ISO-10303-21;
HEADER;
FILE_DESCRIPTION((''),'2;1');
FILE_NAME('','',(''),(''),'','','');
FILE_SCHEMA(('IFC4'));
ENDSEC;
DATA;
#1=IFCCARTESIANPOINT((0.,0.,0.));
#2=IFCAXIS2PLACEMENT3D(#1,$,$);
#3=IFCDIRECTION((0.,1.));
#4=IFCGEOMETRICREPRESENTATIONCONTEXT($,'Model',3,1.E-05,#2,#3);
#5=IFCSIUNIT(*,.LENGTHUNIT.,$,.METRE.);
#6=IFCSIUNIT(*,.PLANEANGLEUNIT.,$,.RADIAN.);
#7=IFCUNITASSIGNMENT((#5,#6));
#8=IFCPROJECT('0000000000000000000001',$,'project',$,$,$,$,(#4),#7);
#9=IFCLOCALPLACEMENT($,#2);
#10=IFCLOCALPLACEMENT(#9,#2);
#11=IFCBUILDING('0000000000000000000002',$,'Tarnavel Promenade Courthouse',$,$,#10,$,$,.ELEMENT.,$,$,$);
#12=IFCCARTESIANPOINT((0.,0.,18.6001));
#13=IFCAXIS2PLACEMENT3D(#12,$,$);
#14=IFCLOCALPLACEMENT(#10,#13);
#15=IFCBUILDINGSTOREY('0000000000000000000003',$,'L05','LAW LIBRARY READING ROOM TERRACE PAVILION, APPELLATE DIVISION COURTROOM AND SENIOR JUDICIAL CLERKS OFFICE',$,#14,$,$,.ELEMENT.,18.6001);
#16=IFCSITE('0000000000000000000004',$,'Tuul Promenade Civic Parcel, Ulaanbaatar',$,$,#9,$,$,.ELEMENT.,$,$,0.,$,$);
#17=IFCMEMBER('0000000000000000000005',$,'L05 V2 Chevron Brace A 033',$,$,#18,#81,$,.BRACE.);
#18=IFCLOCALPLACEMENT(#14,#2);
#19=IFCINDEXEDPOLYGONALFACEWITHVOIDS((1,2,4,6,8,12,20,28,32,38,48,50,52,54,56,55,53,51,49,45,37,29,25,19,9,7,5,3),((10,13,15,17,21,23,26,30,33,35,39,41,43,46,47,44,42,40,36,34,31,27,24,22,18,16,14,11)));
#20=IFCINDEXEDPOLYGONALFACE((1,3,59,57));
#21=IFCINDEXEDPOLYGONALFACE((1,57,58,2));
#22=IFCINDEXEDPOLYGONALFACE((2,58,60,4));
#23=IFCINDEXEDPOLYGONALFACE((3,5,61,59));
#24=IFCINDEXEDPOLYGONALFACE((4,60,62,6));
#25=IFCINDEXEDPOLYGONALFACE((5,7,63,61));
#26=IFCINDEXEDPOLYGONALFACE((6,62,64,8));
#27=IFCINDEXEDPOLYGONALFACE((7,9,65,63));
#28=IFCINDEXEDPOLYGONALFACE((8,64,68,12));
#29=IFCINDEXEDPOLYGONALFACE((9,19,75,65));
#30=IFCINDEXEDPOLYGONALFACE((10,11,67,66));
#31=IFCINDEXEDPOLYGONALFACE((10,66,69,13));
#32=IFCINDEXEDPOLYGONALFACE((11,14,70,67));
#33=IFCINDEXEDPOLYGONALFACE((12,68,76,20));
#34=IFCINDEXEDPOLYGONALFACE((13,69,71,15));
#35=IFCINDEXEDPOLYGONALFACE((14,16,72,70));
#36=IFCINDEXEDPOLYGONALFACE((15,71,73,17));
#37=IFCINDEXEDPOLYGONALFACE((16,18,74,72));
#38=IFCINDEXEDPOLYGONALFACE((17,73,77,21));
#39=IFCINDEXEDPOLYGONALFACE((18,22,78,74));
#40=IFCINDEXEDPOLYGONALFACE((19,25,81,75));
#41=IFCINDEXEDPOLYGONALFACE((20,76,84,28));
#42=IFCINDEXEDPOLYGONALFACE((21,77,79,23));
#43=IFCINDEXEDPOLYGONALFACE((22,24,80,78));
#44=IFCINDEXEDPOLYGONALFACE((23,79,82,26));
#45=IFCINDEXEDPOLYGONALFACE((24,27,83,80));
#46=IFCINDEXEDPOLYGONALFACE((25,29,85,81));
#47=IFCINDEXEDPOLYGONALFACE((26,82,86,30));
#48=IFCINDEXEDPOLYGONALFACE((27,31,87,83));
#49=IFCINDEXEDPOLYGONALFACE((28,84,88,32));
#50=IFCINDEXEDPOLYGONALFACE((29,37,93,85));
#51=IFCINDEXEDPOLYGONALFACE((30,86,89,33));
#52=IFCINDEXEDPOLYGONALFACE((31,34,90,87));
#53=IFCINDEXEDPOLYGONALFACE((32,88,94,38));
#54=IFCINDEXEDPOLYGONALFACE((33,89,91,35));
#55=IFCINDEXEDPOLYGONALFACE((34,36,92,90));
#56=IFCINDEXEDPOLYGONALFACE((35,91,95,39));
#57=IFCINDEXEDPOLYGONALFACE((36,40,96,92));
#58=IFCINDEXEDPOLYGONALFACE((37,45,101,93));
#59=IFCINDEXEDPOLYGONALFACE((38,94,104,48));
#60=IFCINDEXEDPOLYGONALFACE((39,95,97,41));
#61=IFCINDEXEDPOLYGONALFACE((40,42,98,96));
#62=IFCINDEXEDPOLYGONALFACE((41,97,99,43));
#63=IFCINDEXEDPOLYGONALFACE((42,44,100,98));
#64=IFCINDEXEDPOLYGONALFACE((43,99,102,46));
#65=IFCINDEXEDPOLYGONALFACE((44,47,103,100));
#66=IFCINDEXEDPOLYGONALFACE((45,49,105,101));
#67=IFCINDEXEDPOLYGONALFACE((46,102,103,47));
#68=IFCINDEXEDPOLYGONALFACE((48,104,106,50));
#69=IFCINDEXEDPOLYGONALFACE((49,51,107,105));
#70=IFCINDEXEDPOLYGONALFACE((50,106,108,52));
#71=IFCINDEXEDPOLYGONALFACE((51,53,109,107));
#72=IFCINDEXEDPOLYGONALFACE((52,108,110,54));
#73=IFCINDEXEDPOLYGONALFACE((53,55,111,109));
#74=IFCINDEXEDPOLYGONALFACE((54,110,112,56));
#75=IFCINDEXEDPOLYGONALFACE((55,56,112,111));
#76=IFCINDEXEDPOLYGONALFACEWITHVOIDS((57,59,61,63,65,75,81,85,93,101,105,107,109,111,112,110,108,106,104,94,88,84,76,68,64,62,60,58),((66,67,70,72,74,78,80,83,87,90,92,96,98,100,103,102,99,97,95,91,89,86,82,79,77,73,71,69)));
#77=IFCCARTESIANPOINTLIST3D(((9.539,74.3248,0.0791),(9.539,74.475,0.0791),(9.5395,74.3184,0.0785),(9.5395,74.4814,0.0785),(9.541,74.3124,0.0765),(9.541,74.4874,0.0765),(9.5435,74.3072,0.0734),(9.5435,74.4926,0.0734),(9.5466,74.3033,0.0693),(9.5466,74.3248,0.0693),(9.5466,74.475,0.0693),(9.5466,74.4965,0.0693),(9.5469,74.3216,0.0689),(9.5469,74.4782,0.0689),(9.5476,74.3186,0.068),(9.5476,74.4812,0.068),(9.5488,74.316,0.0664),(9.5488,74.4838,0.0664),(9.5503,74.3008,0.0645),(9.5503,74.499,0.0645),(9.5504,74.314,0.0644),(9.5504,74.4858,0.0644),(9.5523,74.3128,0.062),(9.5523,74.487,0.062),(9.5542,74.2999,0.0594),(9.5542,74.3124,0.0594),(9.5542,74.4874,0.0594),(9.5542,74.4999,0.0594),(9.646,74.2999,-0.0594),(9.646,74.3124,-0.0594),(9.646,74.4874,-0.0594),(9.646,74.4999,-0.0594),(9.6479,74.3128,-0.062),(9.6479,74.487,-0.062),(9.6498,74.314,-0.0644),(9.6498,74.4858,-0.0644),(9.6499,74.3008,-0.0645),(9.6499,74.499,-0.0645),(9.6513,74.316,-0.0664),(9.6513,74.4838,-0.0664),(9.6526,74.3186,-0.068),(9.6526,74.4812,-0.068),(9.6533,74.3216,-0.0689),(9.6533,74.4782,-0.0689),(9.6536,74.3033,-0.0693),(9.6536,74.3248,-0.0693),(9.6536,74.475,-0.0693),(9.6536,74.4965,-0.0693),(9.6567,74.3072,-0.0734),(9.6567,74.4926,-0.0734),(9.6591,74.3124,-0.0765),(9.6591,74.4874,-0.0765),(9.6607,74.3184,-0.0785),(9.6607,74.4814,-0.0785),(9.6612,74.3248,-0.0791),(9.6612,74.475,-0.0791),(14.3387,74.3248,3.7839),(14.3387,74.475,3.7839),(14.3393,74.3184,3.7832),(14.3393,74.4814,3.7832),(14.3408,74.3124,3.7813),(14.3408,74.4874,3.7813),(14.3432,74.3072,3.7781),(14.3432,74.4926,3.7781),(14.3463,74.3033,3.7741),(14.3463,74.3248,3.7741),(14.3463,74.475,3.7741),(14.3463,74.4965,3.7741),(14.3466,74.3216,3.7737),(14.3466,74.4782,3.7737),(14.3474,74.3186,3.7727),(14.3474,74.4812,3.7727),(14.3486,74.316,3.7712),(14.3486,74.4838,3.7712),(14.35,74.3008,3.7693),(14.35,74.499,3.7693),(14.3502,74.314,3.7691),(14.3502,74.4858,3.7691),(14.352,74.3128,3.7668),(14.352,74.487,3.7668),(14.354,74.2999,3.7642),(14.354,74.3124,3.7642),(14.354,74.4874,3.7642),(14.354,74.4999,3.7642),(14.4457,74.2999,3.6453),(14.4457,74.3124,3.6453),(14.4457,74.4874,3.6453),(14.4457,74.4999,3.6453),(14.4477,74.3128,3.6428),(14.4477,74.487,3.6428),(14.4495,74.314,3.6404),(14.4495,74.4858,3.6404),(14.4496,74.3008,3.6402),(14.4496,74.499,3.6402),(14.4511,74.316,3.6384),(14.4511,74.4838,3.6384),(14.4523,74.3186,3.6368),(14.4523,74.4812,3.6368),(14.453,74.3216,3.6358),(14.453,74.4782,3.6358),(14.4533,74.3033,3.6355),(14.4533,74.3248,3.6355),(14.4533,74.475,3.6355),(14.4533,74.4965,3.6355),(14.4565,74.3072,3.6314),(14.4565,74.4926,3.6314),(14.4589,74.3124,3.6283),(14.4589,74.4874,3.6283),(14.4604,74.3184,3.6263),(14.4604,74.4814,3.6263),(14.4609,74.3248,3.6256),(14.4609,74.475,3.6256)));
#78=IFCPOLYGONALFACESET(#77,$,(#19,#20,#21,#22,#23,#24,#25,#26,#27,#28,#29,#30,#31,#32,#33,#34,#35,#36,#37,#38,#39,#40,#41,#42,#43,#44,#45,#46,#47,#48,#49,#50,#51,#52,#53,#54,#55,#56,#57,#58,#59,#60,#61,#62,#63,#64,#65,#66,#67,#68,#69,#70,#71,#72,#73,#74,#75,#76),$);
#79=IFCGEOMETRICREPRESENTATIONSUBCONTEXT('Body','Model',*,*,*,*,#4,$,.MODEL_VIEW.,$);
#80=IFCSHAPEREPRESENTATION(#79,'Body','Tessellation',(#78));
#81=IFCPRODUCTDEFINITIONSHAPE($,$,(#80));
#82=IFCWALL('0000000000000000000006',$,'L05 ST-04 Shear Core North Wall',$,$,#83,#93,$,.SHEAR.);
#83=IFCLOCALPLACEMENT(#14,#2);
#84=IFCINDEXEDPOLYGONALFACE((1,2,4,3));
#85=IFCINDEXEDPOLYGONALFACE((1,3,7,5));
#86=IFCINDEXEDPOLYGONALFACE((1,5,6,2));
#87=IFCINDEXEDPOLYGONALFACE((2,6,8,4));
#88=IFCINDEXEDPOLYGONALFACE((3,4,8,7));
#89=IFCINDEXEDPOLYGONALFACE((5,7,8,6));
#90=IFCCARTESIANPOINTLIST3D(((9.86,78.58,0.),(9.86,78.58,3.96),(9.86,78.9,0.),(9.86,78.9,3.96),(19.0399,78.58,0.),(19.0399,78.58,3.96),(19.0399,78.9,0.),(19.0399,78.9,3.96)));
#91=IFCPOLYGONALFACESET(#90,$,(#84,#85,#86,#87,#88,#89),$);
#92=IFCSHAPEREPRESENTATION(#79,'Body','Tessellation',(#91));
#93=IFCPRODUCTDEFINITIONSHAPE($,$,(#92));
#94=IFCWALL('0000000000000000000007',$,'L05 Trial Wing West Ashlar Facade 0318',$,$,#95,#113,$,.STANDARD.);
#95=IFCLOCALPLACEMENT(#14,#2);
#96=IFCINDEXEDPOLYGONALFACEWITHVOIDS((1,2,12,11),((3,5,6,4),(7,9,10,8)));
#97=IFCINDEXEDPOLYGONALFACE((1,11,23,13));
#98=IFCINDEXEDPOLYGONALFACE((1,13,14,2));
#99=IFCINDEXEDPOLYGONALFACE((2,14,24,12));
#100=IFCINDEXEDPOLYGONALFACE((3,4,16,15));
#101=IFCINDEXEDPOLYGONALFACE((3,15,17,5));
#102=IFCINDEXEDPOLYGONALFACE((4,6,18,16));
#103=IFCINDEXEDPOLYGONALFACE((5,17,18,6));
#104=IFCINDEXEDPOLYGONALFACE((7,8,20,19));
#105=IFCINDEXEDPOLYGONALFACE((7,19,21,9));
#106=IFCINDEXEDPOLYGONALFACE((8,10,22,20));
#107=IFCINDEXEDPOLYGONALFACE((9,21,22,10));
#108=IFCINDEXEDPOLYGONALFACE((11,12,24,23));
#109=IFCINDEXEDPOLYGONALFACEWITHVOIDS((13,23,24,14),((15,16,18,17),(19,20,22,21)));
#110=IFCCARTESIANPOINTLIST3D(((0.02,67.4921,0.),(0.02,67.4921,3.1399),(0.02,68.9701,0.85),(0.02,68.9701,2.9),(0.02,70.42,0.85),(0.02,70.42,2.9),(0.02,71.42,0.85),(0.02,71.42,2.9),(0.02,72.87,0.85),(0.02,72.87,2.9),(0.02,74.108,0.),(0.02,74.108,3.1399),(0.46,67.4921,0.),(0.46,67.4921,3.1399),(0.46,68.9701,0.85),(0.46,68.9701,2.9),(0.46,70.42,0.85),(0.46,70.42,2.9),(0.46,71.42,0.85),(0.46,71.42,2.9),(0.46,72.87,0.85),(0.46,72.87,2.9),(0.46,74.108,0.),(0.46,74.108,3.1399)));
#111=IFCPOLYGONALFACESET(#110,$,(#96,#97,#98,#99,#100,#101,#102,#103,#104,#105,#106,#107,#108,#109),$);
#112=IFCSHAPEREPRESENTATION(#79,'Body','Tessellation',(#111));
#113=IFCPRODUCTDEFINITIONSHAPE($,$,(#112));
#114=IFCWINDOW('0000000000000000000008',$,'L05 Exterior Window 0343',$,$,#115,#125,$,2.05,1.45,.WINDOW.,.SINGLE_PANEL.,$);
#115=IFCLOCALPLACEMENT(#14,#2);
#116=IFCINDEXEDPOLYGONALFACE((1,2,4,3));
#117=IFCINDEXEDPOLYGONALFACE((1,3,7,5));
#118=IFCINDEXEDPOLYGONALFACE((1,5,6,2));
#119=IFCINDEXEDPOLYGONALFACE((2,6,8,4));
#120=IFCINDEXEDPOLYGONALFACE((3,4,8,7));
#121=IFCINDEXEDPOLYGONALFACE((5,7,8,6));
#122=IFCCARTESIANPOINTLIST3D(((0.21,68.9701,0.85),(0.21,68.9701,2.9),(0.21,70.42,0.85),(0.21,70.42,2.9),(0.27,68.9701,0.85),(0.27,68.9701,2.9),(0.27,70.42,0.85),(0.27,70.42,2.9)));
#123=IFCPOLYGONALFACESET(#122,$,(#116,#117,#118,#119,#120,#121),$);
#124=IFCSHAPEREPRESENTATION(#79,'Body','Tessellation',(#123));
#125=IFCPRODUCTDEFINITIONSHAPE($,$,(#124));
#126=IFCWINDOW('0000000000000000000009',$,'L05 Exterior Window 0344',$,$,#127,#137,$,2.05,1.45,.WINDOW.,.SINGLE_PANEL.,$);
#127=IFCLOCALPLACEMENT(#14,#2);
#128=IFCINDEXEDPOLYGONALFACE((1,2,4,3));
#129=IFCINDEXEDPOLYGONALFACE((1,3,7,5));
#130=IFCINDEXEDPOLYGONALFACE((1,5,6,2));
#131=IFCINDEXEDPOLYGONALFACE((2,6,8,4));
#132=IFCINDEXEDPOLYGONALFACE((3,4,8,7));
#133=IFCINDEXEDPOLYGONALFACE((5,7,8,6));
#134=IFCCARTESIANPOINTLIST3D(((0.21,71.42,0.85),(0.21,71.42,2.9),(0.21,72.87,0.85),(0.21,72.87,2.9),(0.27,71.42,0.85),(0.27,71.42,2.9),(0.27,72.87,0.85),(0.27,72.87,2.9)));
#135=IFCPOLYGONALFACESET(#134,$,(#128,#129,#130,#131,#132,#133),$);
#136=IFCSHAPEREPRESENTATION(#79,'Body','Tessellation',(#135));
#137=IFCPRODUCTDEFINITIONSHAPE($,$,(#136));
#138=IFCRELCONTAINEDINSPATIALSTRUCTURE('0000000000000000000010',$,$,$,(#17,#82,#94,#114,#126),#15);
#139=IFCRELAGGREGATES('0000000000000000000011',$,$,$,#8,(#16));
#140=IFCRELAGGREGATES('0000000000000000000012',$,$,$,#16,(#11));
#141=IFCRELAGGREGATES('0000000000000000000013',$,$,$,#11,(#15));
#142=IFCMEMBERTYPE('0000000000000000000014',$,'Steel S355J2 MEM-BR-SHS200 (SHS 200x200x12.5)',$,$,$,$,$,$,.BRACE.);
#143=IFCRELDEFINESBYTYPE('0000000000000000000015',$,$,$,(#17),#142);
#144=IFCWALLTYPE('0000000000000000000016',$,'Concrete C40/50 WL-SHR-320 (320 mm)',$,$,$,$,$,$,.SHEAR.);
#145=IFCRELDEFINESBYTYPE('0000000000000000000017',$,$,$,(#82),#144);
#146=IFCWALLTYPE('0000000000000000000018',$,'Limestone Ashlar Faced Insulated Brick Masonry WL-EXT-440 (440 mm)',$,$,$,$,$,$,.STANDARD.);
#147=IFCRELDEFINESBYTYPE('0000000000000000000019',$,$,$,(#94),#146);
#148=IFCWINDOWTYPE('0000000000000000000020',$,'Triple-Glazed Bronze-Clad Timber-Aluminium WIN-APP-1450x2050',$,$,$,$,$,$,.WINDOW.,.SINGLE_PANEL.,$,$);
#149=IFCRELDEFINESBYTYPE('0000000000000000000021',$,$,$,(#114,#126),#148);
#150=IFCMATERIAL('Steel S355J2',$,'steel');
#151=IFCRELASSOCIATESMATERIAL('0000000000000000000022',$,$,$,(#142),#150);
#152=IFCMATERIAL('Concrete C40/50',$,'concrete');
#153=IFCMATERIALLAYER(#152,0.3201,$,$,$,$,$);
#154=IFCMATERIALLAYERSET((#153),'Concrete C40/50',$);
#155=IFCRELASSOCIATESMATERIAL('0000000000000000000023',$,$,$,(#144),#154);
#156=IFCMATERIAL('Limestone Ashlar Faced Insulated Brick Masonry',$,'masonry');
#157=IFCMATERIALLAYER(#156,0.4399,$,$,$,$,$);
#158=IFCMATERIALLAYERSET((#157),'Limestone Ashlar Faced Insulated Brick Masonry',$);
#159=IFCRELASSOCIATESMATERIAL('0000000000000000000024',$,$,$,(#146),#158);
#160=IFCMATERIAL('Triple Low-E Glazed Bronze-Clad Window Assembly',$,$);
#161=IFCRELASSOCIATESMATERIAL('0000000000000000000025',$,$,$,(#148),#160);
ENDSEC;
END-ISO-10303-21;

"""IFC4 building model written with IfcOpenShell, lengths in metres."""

from ifc_helpers import new_model, si_unit, direction, frame, frame_2d, origin, origin_2d, place, context, subcontext, project, spatial, rectangle, hollow_rectangle, extrude, material, layer, layer_set, material_profile, profile_set, type_object, element, fill, save


model = new_model("IFC4")

# Units and contexts
model_context = context("Model", 3, precision=1e-05, world=origin(), true_north=direction((0.0, 1.0)))
body_context = subcontext(model_context, "Body", "Model", "MODEL_VIEW")
ifc_project = project(units=[si_unit("LENGTHUNIT", "METRE"), si_unit("PLANEANGLEUNIT", "RADIAN")], contexts=[model_context])

# Site, building, storey
site_placement = place(None, origin())
site = spatial("IfcSite", under=ifc_project, at=site_placement, Name="Tuul Promenade Civic Parcel, Ulaanbaatar", CompositionType="ELEMENT", RefElevation=0.0)
building_placement = place(site_placement, origin())
building = spatial("IfcBuilding", under=site, at=building_placement, Name="Tarnavel Promenade Courthouse", CompositionType="ELEMENT")
storey_placement = place(building_placement, frame((0.0, 0.0, 18.6001)))
storey = spatial("IfcBuildingStorey", under=building, at=storey_placement, Name="L05", Description="LAW LIBRARY READING ROOM TERRACE PAVILION, APPELLATE DIVISION COURTROOM AND SENIOR JUDICIAL CLERKS OFFICE", CompositionType="ELEMENT", Elevation=18.6001)

# Shared definitions
ifc_material_1 = material(Name="Concrete C40/50", Category="concrete")

# Member
ifc_material_2 = material(Name="Steel S355J2", Category="steel")
ifc_material_profile_1 = material_profile(ifc_material_2, hollow_rectangle(XDim=0.2, YDim=0.2, WallThickness=0.0125, InnerFilletRadius=0.0125, OuterFilletRadius=0.0249, at=origin_2d()), Name="SHS 200x200x12.5")
ifc_profile_set_1 = profile_set([ifc_material_profile_1], Name="Steel S355J2")
member_type = type_object("IfcMemberType", Name="Steel S355J2 MEM-BR-SHS200 (SHS 200x200x12.5)", PredefinedType="BRACE", material=ifc_profile_set_1)
member_placement = place(storey_placement, frame((9.6001, 74.3999, 0.0), z_axis=(0.791613, 0.0, 0.611023), x_axis=(0.0, 1.0, 0.0)))
element("IfcMember", 1, at=member_placement, inside=storey, type_object=member_type, Name="L05 V2 Chevron Brace A 033", PredefinedType="BRACE", context=body_context, shape_type="SweptSolid", body=[
    extrude(hollow_rectangle(XDim=0.2, YDim=0.2, WallThickness=0.0125, InnerFilletRadius=0.0125, OuterFilletRadius=0.0249, at=origin_2d()), origin(), (0.0, 0.0, 1.0), 6.0632),
])

# Wall
ifc_layer_1 = layer(ifc_material_1, 0.3201)
ifc_layer_set_1 = layer_set([ifc_layer_1], Name="Concrete C40/50")
wall_type_1 = type_object("IfcWallType", Name="Concrete C40/50 WL-SHR-320 (320 mm)", PredefinedType="SHEAR", material=ifc_layer_set_1)
wall_1_placement = place(storey_placement, frame((9.8601, 78.74, 0.0), z_axis=(0.0, 0.0, 1.0), x_axis=(1.0, 0.0, 0.0)))
element("IfcWall", 2, at=wall_1_placement, inside=storey, type_object=wall_type_1, Name="L05 ST-04 Shear Core North Wall", PredefinedType="SHEAR", context=body_context, shape_type="SweptSolid", body=[
    extrude(rectangle(XDim=9.1799, YDim=0.3201, at=frame_2d((4.5898, 0.0))), origin(), (0.0, 0.0, 1.0), 3.96),
])

# Wall, openings, windows
ifc_material_3 = material(Name="Limestone Ashlar Faced Insulated Brick Masonry", Category="masonry")
ifc_layer_2 = layer(ifc_material_3, 0.4399)
ifc_layer_set_2 = layer_set([ifc_layer_2], Name="Limestone Ashlar Faced Insulated Brick Masonry")
wall_type_2 = type_object("IfcWallType", Name="Limestone Ashlar Faced Insulated Brick Masonry WL-EXT-440 (440 mm)", PredefinedType="STANDARD", material=ifc_layer_set_2)
wall_2_placement = place(storey_placement, frame((0.24, 67.4919, 0.0), z_axis=(0.0, 0.0, 1.0), x_axis=(0.0, 1.0, 0.0)))
wall_2 = element("IfcWall", 3, at=wall_2_placement, inside=storey, type_object=wall_type_2, Name="L05 Trial Wing West Ashlar Facade 0318", PredefinedType="STANDARD", context=body_context, shape_type="SweptSolid", body=[
    extrude(rectangle(XDim=6.616, YDim=0.4399, at=frame_2d((3.3081, 0.0))), origin(), (0.0, 0.0, 1.0), 3.1399),
])
opening_1_placement = place(wall_2_placement, frame((1.478, 0.0, 0.8501)))
opening_1 = element("IfcOpeningElement", 4, at=opening_1_placement, cuts=wall_2, PredefinedType="OPENING", context=body_context, shape_type="SweptSolid", body=[
    extrude(rectangle(XDim=1.45, YDim=2.05, at=frame_2d((0.7251, 1.0249))), frame((0.0, 0.23, 0.0), z_axis=(0.0, -1.0, 0.0), x_axis=(1.0, 0.0, 0.0)), (0.0, 0.0, 1.0), 0.46),
])
opening_2_placement = place(wall_2_placement, frame((3.928, 0.0, 0.8501)))
opening_2 = element("IfcOpeningElement", 5, at=opening_2_placement, cuts=wall_2, PredefinedType="OPENING", context=body_context, shape_type="SweptSolid", body=[
    extrude(rectangle(XDim=1.45, YDim=2.05, at=frame_2d((0.7251, 1.0249))), frame((0.0, 0.23, 0.0), z_axis=(0.0, -1.0, 0.0), x_axis=(1.0, 0.0, 0.0)), (0.0, 0.0, 1.0), 0.46),
])
ifc_material_4 = material(Name="Triple Low-E Glazed Bronze-Clad Window Assembly")
window_type = type_object("IfcWindowType", Name="Triple-Glazed Bronze-Clad Timber-Aluminium WIN-APP-1450x2050", PartitioningType="SINGLE_PANEL", PredefinedType="WINDOW", material=ifc_material_4)
window_1_placement = place(opening_1_placement, origin())
window_1 = element("IfcWindow", 6, at=window_1_placement, inside=storey, type_object=window_type, Name="L05 Exterior Window 0343", OverallHeight=2.05, OverallWidth=1.45, PartitioningType="SINGLE_PANEL", PredefinedType="WINDOW", context=body_context, shape_type="SweptSolid", body=[
    extrude(rectangle(XDim=1.45, YDim=2.05, at=frame_2d((0.7251, 1.0249))), frame((0.0, 0.03, 0.0), z_axis=(0.0, -1.0, 0.0), x_axis=(1.0, 0.0, 0.0)), (0.0, 0.0, 1.0), 0.0601),
])
fill(opening_1, window_1)
window_2_placement = place(opening_2_placement, origin())
window_2 = element("IfcWindow", 7, at=window_2_placement, inside=storey, type_object=window_type, Name="L05 Exterior Window 0344", OverallHeight=2.05, OverallWidth=1.45, PartitioningType="SINGLE_PANEL", PredefinedType="WINDOW", context=body_context, shape_type="SweptSolid", body=[
    extrude(rectangle(XDim=1.45, YDim=2.05, at=frame_2d((0.7251, 1.0249))), frame((0.0, 0.03, 0.0), z_axis=(0.0, -1.0, 0.0), x_axis=(1.0, 0.0, 0.0)), (0.0, 0.0, 1.0), 0.0601),
])
fill(opening_2, window_2)

save(model, "model.ifc")
